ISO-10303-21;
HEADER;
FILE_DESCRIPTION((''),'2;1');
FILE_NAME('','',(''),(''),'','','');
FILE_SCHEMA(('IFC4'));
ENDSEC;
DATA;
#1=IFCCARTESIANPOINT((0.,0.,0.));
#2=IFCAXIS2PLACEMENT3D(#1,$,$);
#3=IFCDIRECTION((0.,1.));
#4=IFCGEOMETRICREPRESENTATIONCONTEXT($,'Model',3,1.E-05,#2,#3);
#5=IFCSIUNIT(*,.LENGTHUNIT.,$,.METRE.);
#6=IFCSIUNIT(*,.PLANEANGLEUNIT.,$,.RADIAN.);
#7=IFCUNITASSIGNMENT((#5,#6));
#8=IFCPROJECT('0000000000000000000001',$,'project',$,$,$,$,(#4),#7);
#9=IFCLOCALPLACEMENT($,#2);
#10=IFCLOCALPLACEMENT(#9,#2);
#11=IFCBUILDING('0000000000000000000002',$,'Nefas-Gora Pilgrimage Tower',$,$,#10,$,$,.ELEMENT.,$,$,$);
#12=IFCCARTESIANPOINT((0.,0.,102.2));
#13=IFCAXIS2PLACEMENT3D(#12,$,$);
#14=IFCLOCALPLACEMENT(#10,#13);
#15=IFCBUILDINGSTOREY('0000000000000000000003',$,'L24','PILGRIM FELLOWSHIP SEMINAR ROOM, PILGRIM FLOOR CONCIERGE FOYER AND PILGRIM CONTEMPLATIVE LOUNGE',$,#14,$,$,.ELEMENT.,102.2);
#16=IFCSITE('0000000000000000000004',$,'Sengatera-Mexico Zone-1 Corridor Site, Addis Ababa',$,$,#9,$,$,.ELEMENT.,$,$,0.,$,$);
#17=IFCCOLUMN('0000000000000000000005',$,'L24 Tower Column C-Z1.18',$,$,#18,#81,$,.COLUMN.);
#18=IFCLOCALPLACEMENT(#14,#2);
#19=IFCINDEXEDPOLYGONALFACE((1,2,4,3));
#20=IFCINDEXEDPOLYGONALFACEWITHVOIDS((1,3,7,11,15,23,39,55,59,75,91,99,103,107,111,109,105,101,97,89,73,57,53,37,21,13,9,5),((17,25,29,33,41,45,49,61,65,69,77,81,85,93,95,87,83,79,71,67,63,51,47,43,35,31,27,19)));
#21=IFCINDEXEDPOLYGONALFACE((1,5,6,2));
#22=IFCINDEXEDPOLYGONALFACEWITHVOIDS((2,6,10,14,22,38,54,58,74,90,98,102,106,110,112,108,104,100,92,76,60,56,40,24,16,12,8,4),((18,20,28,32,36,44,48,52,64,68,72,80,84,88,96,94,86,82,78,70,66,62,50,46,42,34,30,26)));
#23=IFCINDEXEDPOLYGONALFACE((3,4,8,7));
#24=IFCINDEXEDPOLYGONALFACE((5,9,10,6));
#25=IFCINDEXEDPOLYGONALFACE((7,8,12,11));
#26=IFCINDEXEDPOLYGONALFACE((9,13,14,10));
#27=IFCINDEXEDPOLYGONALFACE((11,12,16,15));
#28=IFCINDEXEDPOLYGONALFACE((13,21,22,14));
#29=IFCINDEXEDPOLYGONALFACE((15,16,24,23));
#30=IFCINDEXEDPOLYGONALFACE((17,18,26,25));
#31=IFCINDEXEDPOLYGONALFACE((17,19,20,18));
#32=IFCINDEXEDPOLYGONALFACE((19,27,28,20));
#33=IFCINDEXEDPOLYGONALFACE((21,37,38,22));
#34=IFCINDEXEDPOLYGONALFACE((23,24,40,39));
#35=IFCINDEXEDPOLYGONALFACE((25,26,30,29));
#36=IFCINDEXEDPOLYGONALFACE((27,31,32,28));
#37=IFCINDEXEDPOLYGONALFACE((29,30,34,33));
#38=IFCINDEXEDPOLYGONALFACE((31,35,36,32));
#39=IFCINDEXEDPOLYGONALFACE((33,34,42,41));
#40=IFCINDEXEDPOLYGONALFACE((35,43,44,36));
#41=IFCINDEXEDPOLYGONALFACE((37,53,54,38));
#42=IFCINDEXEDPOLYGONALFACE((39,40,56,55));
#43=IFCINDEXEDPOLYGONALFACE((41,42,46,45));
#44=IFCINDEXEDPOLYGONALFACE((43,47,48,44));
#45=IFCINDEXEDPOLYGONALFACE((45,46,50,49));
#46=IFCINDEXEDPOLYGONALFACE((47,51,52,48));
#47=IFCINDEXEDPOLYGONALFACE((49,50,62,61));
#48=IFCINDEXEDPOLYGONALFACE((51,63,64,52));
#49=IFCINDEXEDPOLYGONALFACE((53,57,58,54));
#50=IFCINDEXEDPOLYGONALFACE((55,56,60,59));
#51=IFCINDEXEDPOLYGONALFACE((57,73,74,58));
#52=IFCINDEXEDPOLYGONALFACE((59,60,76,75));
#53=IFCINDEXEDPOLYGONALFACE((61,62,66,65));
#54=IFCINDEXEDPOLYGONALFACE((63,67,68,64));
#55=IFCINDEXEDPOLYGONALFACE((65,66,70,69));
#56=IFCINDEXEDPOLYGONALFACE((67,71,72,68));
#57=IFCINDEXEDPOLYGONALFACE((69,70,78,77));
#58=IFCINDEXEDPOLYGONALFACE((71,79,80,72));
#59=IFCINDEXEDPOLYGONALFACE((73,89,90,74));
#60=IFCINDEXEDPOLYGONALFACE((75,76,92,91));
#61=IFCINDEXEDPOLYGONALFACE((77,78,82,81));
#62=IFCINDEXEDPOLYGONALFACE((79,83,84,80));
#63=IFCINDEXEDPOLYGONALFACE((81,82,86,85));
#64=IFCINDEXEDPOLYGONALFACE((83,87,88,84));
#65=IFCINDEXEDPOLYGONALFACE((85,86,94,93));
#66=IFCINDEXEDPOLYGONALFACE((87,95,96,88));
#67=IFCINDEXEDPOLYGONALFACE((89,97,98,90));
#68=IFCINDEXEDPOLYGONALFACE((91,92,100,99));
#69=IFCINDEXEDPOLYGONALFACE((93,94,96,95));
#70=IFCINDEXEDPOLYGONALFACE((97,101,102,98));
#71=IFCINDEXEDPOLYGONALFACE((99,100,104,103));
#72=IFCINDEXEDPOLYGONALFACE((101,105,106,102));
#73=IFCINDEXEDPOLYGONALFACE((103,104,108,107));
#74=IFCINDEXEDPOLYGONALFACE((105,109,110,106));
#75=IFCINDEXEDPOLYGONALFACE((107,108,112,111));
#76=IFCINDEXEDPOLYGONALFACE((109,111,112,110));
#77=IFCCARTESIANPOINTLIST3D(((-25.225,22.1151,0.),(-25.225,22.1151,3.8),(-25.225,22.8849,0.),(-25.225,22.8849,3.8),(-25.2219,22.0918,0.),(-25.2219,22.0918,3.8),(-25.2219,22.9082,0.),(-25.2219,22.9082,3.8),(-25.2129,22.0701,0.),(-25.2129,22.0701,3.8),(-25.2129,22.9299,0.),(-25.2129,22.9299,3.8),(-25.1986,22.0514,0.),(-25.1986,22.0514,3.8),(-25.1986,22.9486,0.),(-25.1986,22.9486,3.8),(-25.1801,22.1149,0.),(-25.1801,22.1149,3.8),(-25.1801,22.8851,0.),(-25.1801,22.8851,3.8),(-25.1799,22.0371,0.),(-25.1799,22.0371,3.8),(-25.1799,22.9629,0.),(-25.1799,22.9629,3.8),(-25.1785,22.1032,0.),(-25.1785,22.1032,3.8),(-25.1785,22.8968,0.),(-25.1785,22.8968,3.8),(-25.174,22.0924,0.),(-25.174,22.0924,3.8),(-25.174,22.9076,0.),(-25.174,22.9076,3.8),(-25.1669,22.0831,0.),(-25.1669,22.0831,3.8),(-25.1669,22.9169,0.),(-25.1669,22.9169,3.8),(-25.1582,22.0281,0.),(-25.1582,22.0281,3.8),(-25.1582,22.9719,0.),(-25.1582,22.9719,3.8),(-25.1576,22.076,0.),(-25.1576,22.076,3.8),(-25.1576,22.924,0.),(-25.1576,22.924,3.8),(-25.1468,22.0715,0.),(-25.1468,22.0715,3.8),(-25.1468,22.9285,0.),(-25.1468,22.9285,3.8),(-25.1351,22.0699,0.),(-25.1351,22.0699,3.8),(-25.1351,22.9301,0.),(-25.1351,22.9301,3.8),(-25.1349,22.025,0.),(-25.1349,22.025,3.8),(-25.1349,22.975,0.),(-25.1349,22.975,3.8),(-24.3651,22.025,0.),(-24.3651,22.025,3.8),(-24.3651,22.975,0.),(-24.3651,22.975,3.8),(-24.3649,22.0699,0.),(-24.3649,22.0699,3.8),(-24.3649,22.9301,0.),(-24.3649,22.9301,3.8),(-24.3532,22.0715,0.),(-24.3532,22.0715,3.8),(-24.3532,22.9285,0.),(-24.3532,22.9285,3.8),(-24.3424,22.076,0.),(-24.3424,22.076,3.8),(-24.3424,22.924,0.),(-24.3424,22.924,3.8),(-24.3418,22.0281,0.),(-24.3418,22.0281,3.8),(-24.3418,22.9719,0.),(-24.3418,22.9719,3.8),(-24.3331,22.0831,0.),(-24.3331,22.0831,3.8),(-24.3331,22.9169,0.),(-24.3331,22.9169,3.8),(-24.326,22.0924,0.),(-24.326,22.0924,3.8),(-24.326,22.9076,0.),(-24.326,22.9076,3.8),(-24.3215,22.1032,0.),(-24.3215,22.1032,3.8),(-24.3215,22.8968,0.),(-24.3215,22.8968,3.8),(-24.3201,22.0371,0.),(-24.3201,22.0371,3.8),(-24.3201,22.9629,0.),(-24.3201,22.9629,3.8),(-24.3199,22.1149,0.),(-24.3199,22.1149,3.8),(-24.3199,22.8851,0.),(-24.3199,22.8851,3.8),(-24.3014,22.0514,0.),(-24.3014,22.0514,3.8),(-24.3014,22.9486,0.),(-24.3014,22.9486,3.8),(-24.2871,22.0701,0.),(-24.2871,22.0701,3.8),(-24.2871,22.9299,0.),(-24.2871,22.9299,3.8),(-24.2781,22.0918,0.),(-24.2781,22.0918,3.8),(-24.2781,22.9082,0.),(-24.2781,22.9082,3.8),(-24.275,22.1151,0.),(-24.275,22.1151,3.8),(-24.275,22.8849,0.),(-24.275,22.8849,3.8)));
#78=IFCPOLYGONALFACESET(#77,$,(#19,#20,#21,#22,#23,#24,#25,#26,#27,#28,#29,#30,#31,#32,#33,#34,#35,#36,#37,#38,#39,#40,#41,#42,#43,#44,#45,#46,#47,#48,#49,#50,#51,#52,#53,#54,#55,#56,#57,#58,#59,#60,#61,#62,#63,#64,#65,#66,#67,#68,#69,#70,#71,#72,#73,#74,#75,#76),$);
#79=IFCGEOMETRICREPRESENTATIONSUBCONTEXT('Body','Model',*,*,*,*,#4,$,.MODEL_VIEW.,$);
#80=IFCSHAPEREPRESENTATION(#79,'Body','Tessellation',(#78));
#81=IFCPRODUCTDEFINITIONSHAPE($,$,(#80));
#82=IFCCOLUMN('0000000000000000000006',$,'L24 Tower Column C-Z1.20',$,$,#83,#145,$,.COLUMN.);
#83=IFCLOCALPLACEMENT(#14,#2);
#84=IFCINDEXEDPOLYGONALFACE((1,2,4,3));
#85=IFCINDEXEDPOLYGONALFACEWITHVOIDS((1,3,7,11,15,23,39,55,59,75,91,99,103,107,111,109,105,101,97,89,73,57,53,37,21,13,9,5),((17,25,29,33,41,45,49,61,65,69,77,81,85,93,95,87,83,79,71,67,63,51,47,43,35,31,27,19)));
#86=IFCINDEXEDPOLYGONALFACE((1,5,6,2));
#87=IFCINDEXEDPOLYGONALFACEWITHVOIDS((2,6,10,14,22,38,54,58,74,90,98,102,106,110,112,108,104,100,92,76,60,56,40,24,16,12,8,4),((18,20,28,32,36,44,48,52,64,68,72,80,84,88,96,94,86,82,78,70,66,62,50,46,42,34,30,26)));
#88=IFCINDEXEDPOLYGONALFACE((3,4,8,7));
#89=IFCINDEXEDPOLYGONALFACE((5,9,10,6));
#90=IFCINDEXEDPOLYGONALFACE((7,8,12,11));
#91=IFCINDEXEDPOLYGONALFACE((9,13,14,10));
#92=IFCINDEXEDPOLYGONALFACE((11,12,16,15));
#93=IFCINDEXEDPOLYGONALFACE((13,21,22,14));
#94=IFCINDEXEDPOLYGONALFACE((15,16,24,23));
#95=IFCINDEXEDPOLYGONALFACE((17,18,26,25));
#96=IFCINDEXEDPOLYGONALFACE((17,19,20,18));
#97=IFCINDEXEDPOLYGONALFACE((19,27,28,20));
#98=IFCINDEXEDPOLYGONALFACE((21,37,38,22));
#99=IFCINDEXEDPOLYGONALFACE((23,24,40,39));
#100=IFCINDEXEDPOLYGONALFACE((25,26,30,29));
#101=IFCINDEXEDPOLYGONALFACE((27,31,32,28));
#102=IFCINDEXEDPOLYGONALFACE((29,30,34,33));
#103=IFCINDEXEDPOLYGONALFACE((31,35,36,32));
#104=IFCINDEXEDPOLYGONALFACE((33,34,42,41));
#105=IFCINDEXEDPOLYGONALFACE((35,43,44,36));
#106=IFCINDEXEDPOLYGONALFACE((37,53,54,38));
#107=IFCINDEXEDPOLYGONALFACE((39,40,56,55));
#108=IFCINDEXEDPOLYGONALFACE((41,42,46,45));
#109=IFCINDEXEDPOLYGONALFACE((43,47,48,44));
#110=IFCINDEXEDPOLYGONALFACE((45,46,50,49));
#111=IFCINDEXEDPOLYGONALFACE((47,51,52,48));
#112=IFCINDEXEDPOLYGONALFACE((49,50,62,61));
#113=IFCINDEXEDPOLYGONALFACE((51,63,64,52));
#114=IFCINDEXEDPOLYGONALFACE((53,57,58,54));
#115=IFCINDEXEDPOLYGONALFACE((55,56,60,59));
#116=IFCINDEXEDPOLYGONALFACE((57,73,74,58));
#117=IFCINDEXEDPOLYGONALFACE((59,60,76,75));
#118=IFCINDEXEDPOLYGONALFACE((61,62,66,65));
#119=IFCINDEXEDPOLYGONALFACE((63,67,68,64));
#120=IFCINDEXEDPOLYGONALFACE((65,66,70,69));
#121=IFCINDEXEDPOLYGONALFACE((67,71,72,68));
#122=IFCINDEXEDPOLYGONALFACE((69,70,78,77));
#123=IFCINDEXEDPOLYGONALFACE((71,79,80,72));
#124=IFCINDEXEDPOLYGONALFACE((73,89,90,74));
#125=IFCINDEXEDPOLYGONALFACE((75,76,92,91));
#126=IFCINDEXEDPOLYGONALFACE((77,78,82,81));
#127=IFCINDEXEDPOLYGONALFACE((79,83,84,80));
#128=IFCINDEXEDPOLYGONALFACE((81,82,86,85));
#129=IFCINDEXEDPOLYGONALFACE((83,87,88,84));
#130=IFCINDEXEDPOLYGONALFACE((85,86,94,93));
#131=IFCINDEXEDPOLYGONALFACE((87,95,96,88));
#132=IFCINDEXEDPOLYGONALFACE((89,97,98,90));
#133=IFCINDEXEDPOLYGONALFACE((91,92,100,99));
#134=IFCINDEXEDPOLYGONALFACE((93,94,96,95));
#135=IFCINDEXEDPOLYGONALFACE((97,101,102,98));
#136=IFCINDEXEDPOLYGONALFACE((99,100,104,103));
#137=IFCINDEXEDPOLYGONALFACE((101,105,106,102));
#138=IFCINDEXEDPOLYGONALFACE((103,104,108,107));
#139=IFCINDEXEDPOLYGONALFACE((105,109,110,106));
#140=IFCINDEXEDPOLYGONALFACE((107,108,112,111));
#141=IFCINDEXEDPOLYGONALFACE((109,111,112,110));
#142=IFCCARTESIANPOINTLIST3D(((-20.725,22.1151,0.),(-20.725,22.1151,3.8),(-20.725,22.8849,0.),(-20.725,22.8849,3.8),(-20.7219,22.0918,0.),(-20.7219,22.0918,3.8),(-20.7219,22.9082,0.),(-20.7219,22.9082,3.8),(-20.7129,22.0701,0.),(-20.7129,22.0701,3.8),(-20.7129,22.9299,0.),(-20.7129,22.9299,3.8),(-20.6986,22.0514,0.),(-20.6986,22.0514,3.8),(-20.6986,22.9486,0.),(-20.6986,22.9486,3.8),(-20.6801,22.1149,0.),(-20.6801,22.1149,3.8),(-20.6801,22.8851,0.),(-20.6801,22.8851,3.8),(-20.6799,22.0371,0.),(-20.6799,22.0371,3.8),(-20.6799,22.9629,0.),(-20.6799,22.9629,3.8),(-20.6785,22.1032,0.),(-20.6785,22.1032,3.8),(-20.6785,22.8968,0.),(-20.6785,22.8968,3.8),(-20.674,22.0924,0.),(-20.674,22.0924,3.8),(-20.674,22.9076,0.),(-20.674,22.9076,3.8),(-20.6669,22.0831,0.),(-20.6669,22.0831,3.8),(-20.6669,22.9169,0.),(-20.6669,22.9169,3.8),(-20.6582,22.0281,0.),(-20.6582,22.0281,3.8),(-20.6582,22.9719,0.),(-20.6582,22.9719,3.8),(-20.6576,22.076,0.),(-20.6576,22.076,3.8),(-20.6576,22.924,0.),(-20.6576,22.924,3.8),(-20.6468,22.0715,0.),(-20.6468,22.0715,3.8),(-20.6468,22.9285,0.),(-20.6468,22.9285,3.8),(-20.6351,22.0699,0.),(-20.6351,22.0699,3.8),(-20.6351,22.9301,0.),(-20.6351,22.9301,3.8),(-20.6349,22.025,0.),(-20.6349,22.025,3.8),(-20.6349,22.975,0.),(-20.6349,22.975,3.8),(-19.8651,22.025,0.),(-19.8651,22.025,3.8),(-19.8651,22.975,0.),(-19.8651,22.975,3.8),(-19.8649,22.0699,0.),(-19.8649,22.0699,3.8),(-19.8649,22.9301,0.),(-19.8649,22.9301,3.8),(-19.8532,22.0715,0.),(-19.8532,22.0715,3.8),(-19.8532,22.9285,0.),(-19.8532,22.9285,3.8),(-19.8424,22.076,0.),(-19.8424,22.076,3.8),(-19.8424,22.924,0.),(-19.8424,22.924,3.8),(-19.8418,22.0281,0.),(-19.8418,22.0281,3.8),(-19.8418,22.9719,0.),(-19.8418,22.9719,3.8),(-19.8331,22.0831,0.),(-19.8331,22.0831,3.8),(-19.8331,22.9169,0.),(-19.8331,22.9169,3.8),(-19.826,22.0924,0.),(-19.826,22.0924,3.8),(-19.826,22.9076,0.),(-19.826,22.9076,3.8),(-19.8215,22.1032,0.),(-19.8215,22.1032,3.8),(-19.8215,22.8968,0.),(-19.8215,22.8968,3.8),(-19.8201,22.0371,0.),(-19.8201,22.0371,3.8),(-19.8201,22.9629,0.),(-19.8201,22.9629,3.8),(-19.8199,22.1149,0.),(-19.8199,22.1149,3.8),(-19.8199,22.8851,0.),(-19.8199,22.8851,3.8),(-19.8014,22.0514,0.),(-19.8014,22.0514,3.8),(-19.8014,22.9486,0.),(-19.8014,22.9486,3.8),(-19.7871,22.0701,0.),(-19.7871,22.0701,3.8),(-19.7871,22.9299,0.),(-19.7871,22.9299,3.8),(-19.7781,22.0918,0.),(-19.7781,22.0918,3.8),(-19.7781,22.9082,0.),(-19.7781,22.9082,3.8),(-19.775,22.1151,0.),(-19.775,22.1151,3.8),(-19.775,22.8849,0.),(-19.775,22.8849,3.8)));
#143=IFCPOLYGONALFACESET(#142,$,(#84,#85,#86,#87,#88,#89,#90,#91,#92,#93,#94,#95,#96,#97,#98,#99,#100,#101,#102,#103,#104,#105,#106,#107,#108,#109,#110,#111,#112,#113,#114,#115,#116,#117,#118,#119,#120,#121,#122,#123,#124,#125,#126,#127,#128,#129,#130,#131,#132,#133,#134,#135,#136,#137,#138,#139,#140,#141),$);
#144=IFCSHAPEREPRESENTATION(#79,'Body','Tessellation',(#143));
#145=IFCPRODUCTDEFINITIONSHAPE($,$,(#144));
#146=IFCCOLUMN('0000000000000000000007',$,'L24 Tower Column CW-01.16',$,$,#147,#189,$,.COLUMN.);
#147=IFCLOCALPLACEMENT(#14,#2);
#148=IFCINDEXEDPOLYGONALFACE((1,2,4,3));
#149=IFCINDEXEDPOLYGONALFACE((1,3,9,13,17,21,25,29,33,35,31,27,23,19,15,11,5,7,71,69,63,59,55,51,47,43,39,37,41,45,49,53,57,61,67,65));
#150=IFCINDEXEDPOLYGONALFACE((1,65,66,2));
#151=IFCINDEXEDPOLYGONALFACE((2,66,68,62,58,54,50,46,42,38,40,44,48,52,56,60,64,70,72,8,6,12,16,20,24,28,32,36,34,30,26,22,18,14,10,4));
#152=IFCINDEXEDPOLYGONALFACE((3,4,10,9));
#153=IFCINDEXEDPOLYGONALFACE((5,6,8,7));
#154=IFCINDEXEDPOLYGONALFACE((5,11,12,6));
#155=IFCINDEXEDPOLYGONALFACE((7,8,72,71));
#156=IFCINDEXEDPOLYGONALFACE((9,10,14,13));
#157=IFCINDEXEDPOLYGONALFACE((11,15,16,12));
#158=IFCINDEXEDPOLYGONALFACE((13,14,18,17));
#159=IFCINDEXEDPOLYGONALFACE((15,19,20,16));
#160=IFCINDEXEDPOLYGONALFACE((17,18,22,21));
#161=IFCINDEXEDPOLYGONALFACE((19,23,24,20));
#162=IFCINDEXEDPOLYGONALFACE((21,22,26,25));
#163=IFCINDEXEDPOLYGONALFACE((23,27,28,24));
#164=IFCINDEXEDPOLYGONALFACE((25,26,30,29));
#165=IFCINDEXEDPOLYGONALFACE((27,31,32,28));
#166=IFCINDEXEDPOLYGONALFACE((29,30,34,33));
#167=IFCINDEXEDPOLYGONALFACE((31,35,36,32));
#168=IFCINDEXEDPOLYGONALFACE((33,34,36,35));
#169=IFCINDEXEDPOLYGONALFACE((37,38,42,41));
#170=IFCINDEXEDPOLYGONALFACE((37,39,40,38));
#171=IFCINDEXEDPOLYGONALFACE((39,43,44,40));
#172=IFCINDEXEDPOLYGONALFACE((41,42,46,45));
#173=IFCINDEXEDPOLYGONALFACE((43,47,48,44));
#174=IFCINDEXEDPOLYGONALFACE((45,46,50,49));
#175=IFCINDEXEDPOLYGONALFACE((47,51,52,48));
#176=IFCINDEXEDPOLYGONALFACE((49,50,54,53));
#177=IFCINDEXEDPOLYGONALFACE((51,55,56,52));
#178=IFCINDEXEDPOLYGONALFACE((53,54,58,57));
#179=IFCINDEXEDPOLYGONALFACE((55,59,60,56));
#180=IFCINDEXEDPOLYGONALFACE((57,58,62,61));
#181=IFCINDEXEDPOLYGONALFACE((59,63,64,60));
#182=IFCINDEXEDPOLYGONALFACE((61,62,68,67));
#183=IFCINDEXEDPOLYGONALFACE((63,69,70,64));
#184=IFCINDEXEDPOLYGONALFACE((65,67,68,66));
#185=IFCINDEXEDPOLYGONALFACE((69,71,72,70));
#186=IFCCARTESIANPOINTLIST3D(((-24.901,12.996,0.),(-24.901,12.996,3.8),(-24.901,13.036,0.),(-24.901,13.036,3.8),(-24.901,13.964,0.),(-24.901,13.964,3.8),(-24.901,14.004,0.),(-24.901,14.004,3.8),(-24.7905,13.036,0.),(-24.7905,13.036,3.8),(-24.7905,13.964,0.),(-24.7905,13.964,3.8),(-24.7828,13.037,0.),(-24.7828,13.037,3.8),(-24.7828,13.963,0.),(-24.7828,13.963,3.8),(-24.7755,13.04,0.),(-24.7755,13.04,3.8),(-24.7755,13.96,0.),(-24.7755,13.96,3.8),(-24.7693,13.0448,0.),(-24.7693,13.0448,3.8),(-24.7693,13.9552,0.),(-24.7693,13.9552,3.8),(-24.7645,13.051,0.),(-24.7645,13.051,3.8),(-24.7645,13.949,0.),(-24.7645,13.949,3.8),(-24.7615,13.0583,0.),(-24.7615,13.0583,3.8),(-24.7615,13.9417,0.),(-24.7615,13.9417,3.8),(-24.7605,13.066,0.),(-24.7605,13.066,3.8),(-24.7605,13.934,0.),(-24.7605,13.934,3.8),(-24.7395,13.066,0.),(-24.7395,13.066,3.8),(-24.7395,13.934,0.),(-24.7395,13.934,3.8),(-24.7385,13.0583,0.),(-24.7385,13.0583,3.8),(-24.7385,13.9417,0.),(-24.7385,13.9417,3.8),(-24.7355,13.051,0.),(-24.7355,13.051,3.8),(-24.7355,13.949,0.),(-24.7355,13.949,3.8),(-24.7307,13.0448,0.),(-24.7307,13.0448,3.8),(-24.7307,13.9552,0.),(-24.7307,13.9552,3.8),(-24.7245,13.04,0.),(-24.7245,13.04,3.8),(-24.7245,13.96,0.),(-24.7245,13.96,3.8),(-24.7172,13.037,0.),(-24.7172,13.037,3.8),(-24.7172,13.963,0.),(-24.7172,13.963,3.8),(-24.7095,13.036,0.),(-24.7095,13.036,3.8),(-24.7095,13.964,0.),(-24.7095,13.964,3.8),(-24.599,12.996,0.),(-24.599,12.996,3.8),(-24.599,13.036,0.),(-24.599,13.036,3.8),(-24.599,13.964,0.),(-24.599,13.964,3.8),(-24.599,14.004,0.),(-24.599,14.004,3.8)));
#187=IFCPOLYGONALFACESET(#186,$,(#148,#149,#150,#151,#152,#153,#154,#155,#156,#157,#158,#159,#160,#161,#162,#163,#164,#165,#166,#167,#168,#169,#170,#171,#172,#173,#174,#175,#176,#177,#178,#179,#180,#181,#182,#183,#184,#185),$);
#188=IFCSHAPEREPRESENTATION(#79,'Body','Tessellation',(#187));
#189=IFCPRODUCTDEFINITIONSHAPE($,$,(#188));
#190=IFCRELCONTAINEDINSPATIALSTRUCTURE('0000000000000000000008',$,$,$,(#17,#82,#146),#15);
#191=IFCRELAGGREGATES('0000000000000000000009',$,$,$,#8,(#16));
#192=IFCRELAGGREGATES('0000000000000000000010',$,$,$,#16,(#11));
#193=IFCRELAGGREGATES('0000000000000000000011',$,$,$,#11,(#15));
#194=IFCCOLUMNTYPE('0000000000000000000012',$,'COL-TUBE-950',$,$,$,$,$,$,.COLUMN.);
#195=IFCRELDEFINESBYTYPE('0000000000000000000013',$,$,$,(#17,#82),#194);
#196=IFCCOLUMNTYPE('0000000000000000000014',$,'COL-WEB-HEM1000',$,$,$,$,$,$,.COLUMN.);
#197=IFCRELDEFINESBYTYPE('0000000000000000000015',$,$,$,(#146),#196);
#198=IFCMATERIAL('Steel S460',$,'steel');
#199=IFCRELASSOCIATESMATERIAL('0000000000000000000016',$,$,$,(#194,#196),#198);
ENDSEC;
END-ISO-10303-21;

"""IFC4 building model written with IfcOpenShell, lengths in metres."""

from ifc_helpers import new_model, si_unit, direction, frame, origin, origin_2d, place, context, subcontext, project, spatial, hollow_rectangle, i_section, extrude, source, transform, mapped, material, material_profile, profile_set, type_object, element, save


model = new_model("IFC4")

# Units and contexts
model_context = context("Model", 3, precision=1e-05, world=origin(), true_north=direction((0.0, 1.0)))
body_context = subcontext(model_context, "Body", "Model", "MODEL_VIEW")
ifc_project = project(units=[si_unit("LENGTHUNIT", "METRE"), si_unit("PLANEANGLEUNIT", "RADIAN")], contexts=[model_context])

# Site, building, storey
site_placement = place(None, origin())
site = spatial("IfcSite", under=ifc_project, at=site_placement, Name="Sengatera-Mexico Zone-1 Corridor Site, Addis Ababa", CompositionType="ELEMENT", RefElevation=0.0)
building_placement = place(site_placement, origin())
building = spatial("IfcBuilding", under=site, at=building_placement, Name="Nefas-Gora Pilgrimage Tower", CompositionType="ELEMENT")
storey_placement = place(building_placement, frame((0.0, 0.0, 102.2)))
storey = spatial("IfcBuildingStorey", under=building, at=storey_placement, Name="L24", Description="PILGRIM FELLOWSHIP SEMINAR ROOM, PILGRIM FLOOR CONCIERGE FOYER AND PILGRIM CONTEMPLATIVE LOUNGE", CompositionType="ELEMENT", Elevation=102.2)

# Columns
ifc_material_1 = material(Name="Steel S460", Category="steel")
ifc_material_profile_1 = material_profile(ifc_material_1, hollow_rectangle(XDim=0.95, YDim=0.95, WallThickness=0.0449, InnerFilletRadius=0.0449, OuterFilletRadius=0.0901, at=origin_2d()), Name="BOX 950x950x45")
ifc_profile_set_1 = profile_set([ifc_material_profile_1], Name="Steel S460")
column_type_1 = type_object("IfcColumnType", Name="COL-TUBE-950", PredefinedType="COLUMN", material=ifc_profile_set_1)
shared_shape_1 = source(origin(), body_context, "Body", "SweptSolid", [
    extrude(hollow_rectangle(XDim=0.95, YDim=0.95, WallThickness=0.0449, InnerFilletRadius=0.0449, OuterFilletRadius=0.0901, at=origin_2d()), origin(), (0.0, 0.0, 1.0), 3.8),
])
for number, where, z_axis, x_axis, name in (
    (1, (-24.75, 22.5, 0.0), (0.0, 0.0, 1.0), (1.0, 0.0, 0.0), "L24 Tower Column C-Z1.18"),
    (2, (-20.25, 22.5, 0.0), (0.0, 0.0, 1.0), (1.0, 0.0, 0.0), "L24 Tower Column C-Z1.20"),
):
    element("IfcColumn", number, at=place(storey_placement, frame(where, z_axis=z_axis, x_axis=x_axis)), inside=storey, type_object=column_type_1, Name=name, PredefinedType="COLUMN", context=body_context, shape_type="MappedRepresentation", body=[
        mapped(shared_shape_1, transform((0.0, 0.0, 0.0), x_axis=(1.0, 0.0, 0.0), y_axis=(0.0, 1.0, 0.0), z_axis=(0.0, 0.0, 1.0), scale=1.0)),
    ])
ifc_material_profile_2 = material_profile(ifc_material_1, i_section(OverallWidth=0.302, OverallDepth=1.0081, WebThickness=0.021, FlangeThickness=0.04, FilletRadius=0.03, at=origin_2d()), Name="HEM 1000")
ifc_profile_set_2 = profile_set([ifc_material_profile_2], Name="Steel S460")
column_type_2 = type_object("IfcColumnType", Name="COL-WEB-HEM1000", PredefinedType="COLUMN", material=ifc_profile_set_2)
shared_shape_2 = source(origin(), body_context, "Body", "SweptSolid", [
    extrude(i_section(OverallWidth=0.302, OverallDepth=1.0081, WebThickness=0.021, FlangeThickness=0.04, FilletRadius=0.03, at=origin_2d()), origin(), (0.0, 0.0, 1.0), 3.8),
])
for number, where, z_axis, x_axis, name in (
    (3, (-24.75, 13.5, 0.0), (0.0, 0.0, 1.0), (1.0, 0.0, 0.0), "L24 Tower Column CW-01.16"),
):
    element("IfcColumn", number, at=place(storey_placement, frame(where, z_axis=z_axis, x_axis=x_axis)), inside=storey, type_object=column_type_2, Name=name, PredefinedType="COLUMN", context=body_context, shape_type="MappedRepresentation", body=[
        mapped(shared_shape_2, transform((0.0, 0.0, 0.0), x_axis=(1.0, 0.0, 0.0), y_axis=(0.0, 1.0, 0.0), z_axis=(0.0, 0.0, 1.0), scale=1.0)),
    ])

save(model, "model.ifc")
